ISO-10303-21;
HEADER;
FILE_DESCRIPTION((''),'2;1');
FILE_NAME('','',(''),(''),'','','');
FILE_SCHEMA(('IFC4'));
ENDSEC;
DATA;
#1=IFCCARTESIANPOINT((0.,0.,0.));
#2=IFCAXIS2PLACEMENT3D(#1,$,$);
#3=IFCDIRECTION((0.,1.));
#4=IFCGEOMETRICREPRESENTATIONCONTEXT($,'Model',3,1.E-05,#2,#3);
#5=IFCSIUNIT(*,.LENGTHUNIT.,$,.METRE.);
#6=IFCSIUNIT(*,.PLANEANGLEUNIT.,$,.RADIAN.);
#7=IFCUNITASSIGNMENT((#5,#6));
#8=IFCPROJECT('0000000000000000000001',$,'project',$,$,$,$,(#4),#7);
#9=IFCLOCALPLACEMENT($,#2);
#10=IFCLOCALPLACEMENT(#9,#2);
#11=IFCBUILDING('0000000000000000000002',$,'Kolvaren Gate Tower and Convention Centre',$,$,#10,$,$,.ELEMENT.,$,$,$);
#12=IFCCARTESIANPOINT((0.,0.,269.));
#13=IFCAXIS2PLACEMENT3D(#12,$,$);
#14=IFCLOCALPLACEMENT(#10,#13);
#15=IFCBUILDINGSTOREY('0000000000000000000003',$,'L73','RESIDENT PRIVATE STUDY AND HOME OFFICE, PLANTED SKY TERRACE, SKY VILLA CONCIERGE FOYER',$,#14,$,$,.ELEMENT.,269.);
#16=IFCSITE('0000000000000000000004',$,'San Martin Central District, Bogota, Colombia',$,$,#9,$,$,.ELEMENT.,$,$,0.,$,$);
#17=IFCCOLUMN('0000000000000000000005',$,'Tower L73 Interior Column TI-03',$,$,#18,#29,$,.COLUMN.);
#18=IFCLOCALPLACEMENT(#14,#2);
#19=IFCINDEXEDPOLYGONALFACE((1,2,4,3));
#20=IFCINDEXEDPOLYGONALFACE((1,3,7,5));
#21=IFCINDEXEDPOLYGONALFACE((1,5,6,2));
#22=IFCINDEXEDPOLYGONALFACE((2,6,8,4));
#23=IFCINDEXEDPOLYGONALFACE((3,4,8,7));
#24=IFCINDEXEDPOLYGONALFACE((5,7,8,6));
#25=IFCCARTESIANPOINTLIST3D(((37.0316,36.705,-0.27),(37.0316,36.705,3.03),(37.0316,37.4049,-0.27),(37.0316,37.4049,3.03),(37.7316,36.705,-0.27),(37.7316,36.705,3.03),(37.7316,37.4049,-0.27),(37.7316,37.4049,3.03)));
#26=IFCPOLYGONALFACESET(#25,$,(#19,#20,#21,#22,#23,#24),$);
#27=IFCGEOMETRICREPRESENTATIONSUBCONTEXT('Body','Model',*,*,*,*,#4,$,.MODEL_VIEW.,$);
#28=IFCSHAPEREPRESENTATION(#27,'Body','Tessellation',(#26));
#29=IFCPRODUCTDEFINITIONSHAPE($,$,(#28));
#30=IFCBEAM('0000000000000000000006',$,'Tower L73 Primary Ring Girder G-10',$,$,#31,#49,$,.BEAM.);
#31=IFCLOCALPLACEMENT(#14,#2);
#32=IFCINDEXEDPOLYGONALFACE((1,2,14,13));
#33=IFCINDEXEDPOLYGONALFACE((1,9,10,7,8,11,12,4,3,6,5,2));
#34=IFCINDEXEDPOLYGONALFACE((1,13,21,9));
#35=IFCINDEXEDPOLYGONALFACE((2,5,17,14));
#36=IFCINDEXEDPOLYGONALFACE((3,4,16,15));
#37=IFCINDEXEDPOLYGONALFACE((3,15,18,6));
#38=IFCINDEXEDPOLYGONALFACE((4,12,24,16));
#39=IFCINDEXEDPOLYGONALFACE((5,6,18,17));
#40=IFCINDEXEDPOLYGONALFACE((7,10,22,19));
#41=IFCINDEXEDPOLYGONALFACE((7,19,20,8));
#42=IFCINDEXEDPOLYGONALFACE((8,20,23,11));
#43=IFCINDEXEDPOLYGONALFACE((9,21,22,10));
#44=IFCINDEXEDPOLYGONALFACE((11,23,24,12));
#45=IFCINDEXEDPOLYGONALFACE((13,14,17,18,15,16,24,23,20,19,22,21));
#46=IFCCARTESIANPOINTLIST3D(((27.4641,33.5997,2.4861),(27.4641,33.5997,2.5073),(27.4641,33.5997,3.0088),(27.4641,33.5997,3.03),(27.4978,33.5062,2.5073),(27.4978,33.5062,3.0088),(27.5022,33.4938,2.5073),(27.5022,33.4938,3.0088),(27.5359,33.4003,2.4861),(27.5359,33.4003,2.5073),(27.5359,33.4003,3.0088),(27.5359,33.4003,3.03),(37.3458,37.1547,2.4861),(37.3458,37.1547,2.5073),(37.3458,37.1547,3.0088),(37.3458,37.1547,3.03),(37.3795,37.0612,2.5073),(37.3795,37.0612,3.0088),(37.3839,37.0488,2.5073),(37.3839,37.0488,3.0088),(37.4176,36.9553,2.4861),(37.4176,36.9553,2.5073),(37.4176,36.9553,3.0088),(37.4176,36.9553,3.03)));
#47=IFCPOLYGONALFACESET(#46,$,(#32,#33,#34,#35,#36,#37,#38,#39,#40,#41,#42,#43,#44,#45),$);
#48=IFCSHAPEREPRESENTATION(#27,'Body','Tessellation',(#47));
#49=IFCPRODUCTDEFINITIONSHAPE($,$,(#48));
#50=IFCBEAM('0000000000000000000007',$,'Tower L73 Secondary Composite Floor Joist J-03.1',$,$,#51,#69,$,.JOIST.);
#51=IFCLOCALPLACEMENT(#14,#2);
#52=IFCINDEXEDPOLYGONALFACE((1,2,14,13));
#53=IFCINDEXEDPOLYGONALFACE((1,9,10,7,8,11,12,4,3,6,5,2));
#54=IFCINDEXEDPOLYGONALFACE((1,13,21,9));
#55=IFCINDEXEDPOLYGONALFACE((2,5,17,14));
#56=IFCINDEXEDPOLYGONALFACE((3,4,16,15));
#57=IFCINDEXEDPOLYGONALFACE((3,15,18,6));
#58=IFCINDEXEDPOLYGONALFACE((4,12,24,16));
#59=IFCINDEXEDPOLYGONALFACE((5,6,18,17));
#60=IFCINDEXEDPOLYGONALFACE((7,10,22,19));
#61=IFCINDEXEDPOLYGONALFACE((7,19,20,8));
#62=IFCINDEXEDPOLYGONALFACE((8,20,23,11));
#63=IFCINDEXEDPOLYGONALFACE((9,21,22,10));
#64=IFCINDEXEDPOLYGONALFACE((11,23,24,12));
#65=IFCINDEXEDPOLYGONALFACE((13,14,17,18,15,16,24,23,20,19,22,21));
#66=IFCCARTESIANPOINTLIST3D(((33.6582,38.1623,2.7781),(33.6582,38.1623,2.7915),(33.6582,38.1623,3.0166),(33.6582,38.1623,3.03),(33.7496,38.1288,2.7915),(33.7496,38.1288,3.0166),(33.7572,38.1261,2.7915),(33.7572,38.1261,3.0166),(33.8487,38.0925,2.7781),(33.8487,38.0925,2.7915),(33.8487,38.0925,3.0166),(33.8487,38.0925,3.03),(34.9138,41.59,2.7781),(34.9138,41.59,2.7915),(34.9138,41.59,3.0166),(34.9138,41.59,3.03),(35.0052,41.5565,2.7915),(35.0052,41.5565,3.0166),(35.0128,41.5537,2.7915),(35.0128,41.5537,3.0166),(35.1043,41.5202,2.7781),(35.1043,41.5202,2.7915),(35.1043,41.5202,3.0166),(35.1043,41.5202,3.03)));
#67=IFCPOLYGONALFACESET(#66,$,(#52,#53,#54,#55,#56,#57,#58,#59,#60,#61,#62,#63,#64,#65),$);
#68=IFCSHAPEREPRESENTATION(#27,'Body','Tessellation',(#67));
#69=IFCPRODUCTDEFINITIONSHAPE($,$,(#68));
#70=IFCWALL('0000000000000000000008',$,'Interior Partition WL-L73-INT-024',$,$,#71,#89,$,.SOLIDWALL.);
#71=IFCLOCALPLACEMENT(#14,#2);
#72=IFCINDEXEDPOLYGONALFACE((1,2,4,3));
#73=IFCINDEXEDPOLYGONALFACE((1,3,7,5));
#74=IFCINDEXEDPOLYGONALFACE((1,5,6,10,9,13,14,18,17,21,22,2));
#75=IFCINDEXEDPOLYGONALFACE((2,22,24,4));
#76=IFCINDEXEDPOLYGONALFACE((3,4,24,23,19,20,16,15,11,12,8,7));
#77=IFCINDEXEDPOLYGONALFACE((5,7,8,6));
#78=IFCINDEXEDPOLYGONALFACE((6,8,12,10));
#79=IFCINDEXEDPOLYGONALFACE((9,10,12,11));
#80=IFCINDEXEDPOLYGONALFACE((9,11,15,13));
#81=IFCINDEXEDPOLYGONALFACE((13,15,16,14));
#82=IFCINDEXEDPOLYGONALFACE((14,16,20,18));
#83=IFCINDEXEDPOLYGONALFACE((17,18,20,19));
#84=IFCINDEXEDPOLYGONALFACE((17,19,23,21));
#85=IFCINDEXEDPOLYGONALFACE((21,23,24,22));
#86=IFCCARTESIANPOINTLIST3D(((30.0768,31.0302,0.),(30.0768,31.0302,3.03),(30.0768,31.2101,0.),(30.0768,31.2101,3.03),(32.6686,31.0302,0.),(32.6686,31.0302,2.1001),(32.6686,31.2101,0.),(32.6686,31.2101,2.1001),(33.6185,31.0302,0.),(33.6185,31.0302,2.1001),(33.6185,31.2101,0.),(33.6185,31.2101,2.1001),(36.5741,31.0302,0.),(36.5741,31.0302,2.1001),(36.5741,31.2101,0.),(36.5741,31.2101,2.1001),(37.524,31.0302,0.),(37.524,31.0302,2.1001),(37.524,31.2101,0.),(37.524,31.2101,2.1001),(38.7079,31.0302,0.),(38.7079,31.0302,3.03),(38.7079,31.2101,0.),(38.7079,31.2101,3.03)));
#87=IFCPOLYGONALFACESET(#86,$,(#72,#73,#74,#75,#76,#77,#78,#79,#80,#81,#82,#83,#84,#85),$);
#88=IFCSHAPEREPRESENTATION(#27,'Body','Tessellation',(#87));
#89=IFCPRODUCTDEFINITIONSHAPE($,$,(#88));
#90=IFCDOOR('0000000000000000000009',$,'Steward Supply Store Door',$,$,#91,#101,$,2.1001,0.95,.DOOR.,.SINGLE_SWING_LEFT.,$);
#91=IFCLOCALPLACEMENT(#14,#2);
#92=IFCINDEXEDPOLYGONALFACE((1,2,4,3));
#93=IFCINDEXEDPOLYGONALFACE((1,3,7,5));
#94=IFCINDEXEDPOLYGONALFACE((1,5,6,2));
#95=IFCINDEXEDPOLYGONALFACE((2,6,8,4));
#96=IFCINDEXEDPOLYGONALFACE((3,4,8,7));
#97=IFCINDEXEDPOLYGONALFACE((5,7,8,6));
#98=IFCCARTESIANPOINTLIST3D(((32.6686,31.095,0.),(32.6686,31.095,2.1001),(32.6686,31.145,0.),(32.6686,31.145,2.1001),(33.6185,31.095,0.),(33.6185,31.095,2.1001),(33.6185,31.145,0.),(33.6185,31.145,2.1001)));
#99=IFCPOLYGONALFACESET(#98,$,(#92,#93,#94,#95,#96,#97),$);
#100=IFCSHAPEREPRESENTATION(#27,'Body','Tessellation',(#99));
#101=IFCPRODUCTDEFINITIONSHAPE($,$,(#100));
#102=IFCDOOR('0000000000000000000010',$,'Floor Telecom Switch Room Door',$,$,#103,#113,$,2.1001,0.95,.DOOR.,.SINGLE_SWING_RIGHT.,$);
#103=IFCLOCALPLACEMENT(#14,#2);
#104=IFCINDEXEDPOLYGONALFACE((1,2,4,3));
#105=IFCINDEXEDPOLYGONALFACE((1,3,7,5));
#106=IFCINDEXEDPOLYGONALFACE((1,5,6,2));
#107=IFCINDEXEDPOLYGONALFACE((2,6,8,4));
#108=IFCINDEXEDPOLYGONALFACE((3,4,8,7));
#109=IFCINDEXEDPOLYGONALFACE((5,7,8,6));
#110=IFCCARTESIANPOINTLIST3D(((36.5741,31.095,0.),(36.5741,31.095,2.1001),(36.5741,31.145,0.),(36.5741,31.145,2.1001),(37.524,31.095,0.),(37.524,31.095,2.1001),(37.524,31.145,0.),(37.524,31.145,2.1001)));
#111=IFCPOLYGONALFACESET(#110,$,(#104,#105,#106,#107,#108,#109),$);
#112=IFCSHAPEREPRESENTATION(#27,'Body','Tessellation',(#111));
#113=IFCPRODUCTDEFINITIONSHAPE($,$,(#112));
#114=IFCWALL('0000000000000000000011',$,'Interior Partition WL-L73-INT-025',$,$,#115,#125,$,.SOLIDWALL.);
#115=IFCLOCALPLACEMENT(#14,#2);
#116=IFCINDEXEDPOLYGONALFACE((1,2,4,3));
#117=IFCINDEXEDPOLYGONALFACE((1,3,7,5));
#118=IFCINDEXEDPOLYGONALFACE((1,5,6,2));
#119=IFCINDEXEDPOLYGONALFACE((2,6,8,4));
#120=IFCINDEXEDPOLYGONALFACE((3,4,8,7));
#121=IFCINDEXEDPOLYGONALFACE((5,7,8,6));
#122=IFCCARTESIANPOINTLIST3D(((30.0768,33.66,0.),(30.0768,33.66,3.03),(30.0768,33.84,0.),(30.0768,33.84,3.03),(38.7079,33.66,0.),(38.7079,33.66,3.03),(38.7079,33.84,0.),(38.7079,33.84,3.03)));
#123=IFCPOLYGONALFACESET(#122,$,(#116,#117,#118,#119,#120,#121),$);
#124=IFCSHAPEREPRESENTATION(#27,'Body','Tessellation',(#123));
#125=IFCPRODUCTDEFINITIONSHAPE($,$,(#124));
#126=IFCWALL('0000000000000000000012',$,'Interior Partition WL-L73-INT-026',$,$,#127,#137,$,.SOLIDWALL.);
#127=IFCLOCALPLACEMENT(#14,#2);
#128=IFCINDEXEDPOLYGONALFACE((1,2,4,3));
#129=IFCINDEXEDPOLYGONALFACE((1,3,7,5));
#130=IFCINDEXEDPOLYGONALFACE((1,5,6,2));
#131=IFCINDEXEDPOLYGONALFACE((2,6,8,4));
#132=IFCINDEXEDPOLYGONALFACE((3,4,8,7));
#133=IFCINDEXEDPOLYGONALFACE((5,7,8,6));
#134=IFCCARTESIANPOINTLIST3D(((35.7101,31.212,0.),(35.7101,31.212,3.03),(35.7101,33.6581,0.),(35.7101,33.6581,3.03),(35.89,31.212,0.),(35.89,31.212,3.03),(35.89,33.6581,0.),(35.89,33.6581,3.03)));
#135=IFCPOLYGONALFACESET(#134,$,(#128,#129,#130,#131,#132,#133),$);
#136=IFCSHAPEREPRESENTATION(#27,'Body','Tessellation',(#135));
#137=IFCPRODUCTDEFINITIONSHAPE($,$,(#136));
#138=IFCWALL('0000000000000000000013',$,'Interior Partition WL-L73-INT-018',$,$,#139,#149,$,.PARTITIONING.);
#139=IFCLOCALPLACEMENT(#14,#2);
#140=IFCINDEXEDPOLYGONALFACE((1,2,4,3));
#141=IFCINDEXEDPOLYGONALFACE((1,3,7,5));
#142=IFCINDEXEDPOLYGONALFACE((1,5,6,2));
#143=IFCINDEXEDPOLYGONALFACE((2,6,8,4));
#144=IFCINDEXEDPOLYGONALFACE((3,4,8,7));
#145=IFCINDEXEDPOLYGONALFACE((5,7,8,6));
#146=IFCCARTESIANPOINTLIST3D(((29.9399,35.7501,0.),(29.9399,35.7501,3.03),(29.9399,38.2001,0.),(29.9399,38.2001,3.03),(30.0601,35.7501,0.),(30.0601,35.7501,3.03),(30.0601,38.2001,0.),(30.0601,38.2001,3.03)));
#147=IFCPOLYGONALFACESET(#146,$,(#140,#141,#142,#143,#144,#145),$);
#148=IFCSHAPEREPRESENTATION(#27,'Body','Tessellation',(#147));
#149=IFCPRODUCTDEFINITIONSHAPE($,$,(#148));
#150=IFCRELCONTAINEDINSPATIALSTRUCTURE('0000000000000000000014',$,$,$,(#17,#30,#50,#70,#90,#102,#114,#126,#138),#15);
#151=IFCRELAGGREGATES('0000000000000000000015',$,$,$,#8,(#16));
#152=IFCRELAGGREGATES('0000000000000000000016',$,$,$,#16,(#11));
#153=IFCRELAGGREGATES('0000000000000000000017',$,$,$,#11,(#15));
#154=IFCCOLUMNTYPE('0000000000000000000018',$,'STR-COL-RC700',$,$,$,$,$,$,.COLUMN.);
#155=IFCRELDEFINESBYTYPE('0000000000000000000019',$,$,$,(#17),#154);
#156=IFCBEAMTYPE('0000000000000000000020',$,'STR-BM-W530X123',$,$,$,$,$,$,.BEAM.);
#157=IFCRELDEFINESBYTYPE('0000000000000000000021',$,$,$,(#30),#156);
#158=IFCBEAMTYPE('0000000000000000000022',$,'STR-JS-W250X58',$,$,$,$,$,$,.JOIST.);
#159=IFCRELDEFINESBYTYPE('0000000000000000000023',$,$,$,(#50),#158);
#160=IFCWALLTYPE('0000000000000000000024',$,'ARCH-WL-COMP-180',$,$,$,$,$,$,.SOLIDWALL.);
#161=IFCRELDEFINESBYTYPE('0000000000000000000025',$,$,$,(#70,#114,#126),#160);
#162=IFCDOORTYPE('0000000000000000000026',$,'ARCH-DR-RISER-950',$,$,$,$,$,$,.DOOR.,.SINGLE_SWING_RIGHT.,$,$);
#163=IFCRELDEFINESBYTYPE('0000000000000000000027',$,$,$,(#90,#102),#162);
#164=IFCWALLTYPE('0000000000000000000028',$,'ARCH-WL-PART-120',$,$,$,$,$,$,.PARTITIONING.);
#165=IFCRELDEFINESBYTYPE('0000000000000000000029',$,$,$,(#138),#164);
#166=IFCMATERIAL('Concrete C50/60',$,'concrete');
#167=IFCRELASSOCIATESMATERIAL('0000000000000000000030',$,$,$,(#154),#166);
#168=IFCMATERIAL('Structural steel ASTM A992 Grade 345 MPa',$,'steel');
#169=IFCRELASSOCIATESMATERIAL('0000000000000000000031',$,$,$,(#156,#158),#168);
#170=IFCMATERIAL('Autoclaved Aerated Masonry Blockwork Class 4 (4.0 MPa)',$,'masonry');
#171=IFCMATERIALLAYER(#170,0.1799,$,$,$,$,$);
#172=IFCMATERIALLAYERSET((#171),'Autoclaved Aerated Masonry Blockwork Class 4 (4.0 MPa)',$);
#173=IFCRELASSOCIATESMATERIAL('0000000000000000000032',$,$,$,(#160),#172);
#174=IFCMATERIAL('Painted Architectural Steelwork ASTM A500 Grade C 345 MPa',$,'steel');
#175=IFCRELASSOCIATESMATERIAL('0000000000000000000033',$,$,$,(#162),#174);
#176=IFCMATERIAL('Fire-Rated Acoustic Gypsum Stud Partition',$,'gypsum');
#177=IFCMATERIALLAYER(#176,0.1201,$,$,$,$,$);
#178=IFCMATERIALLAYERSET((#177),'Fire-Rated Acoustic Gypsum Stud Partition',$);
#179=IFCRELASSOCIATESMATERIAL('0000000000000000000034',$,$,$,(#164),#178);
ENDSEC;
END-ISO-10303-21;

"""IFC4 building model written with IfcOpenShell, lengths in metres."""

from ifc_helpers import new_model, si_unit, direction, frame, frame_2d, origin, origin_2d, place, context, subcontext, project, spatial, rectangle, i_section, extrude, material, layer, layer_set, material_profile, profile_set, type_object, element, fill, save


model = new_model("IFC4")

# Units and contexts
model_context = context("Model", 3, precision=1e-05, world=origin(), true_north=direction((0.0, 1.0)))
body_context = subcontext(model_context, "Body", "Model", "MODEL_VIEW")
ifc_project = project(units=[si_unit("LENGTHUNIT", "METRE"), si_unit("PLANEANGLEUNIT", "RADIAN")], contexts=[model_context])

# Site, building, storey
site_placement = place(None, origin())
site = spatial("IfcSite", under=ifc_project, at=site_placement, Name="San Martin Central District, Bogota, Colombia", CompositionType="ELEMENT", RefElevation=0.0)
building_placement = place(site_placement, origin())
building = spatial("IfcBuilding", under=site, at=building_placement, Name="Kolvaren Gate Tower and Convention Centre", CompositionType="ELEMENT")
storey_placement = place(building_placement, frame((0.0, 0.0, 269.0)))
storey = spatial("IfcBuildingStorey", under=building, at=storey_placement, Name="L73", Description="RESIDENT PRIVATE STUDY AND HOME OFFICE, PLANTED SKY TERRACE, SKY VILLA CONCIERGE FOYER", CompositionType="ELEMENT", Elevation=269.0)

# Column
ifc_material_1 = material(Name="Concrete C50/60", Category="concrete")
ifc_material_profile_1 = material_profile(ifc_material_1, rectangle(XDim=0.7, YDim=0.7, at=origin_2d()), Name="RC-COL-700X700")
ifc_profile_set_1 = profile_set([ifc_material_profile_1], Name="Concrete C50/60")
column_type = type_object("IfcColumnType", Name="STR-COL-RC700", PredefinedType="COLUMN", material=ifc_profile_set_1)
column_placement = place(storey_placement, frame((37.3816, 37.0549, -0.27), z_axis=(0.0, 0.0, 1.0), x_axis=(1.0, 0.0, 0.0)))
element("IfcColumn", 1, at=column_placement, inside=storey, type_object=column_type, Name="Tower L73 Interior Column TI-03", PredefinedType="COLUMN", context=body_context, shape_type="SweptSolid", body=[
    extrude(rectangle(XDim=0.7, YDim=0.7, at=origin_2d()), origin(), (0.0, 0.0, 1.0), 3.3),
])

# Beams
ifc_material_2 = material(Name="Structural steel ASTM A992 Grade 345 MPa", Category="steel")
ifc_material_profile_2 = material_profile(ifc_material_2, i_section(OverallWidth=0.2119, OverallDepth=0.5439, WebThickness=0.0132, FlangeThickness=0.0212, at=origin_2d()), Name="W530X123")
ifc_profile_set_2 = profile_set([ifc_material_profile_2], Name="Structural steel ASTM A992 Grade 345 MPa")
beam_type_1 = type_object("IfcBeamType", Name="STR-BM-W530X123", PredefinedType="BEAM", material=ifc_profile_set_2)
beam_1_placement = place(storey_placement, frame((27.5, 33.5, 2.7581), z_axis=(0.940961, 0.338514, 0.0), x_axis=(-0.338514, 0.940961, 0.0)))
element("IfcBeam", 2, at=beam_1_placement, inside=storey, type_object=beam_type_1, Name="Tower L73 Primary Ring Girder G-10", PredefinedType="BEAM", context=body_context, shape_type="SweptSolid", body=[
    extrude(i_section(OverallWidth=0.2119, OverallDepth=0.5439, WebThickness=0.0132, FlangeThickness=0.0212, at=origin_2d()), origin(), (0.0, 0.0, 1.0), 10.5017),
])
ifc_material_profile_3 = material_profile(ifc_material_2, i_section(OverallWidth=0.2029, OverallDepth=0.252, WebThickness=0.0081, FlangeThickness=0.0134, at=origin_2d()), Name="W250X58")
ifc_profile_set_3 = profile_set([ifc_material_profile_3], Name="Structural steel ASTM A992 Grade 345 MPa")
beam_type_2 = type_object("IfcBeamType", Name="STR-JS-W250X58", PredefinedType="JOIST", material=ifc_profile_set_3)
beam_2_placement = place(storey_placement, frame((33.7534, 38.1274, 2.9041), z_axis=(0.34396, 0.938984, 0.0), x_axis=(-0.938984, 0.34396, 0.0)))
element("IfcBeam", 3, at=beam_2_placement, inside=storey, type_object=beam_type_2, Name="Tower L73 Secondary Composite Floor Joist J-03.1", PredefinedType="JOIST", context=body_context, shape_type="SweptSolid", body=[
    extrude(i_section(OverallWidth=0.2029, OverallDepth=0.252, WebThickness=0.0081, FlangeThickness=0.0134, at=origin_2d()), origin(), (0.0, 0.0, 1.0), 3.6504),
])

# Wall, openings, doors
ifc_material_3 = material(Name="Autoclaved Aerated Masonry Blockwork Class 4 (4.0 MPa)", Category="masonry")
ifc_layer_1 = layer(ifc_material_3, 0.1799)
ifc_layer_set_1 = layer_set([ifc_layer_1], Name="Autoclaved Aerated Masonry Blockwork Class 4 (4.0 MPa)")
wall_type_1 = type_object("IfcWallType", Name="ARCH-WL-COMP-180", PredefinedType="SOLIDWALL", material=ifc_layer_set_1)
wall_1_placement = place(storey_placement, frame((30.0769, 31.1201, 0.0), z_axis=(0.0, 0.0, 1.0), x_axis=(1.0, 0.0, 0.0)))
wall_1 = element("IfcWall", 4, at=wall_1_placement, inside=storey, type_object=wall_type_1, Name="Interior Partition WL-L73-INT-024", PredefinedType="SOLIDWALL", context=body_context, shape_type="SweptSolid", body=[
    extrude(rectangle(XDim=8.6311, YDim=0.1799, at=frame_2d((4.3154, 0.0))), origin(), (0.0, 0.0, 1.0), 3.03),
])
opening_1_placement = place(wall_1_placement, frame((2.5916, 0.0, 0.0)))
opening_1 = element("IfcOpeningElement", 5, at=opening_1_placement, cuts=wall_1, PredefinedType="OPENING", context=body_context, shape_type="SweptSolid", body=[
    extrude(rectangle(XDim=0.95, YDim=2.1001, at=frame_2d((0.4751, 1.05))), frame((0.0, 0.0999, 0.0), z_axis=(0.0, -1.0, 0.0), x_axis=(1.0, 0.0, 0.0)), (0.0, 0.0, 1.0), 0.2),
])
opening_2_placement = place(wall_1_placement, frame((6.4971, 0.0, 0.0)))
opening_2 = element("IfcOpeningElement", 6, at=opening_2_placement, cuts=wall_1, PredefinedType="OPENING", context=body_context, shape_type="SweptSolid", body=[
    extrude(rectangle(XDim=0.95, YDim=2.1001, at=frame_2d((0.4751, 1.05))), frame((0.0, 0.0999, 0.0), z_axis=(0.0, -1.0, 0.0), x_axis=(1.0, 0.0, 0.0)), (0.0, 0.0, 1.0), 0.2),
])
ifc_material_4 = material(Name="Painted Architectural Steelwork ASTM A500 Grade C 345 MPa", Category="steel")
door_type = type_object("IfcDoorType", Name="ARCH-DR-RISER-950", OperationType="SINGLE_SWING_RIGHT", PredefinedType="DOOR", material=ifc_material_4)
door_1_placement = place(opening_1_placement, origin())
door_1 = element("IfcDoor", 7, at=door_1_placement, inside=storey, type_object=door_type, Name="Steward Supply Store Door", OperationType="SINGLE_SWING_LEFT", OverallHeight=2.1001, OverallWidth=0.95, PredefinedType="DOOR", context=body_context, shape_type="SweptSolid", body=[
    extrude(rectangle(XDim=0.95, YDim=2.1001, at=frame_2d((0.4751, 1.05))), frame((0.0, 0.0249, 0.0), z_axis=(0.0, -1.0, 0.0), x_axis=(1.0, 0.0, 0.0)), (0.0, 0.0, 1.0), 0.05),
])
fill(opening_1, door_1)
door_2_placement = place(opening_2_placement, origin())
door_2 = element("IfcDoor", 8, at=door_2_placement, inside=storey, type_object=door_type, Name="Floor Telecom Switch Room Door", OperationType="SINGLE_SWING_RIGHT", OverallHeight=2.1001, OverallWidth=0.95, PredefinedType="DOOR", context=body_context, shape_type="SweptSolid", body=[
    extrude(rectangle(XDim=0.95, YDim=2.1001, at=frame_2d((0.4751, 1.05))), frame((0.0, 0.0249, 0.0), z_axis=(0.0, -1.0, 0.0), x_axis=(1.0, 0.0, 0.0)), (0.0, 0.0, 1.0), 0.05),
])
fill(opening_2, door_2)

# Walls
wall_2_placement = place(storey_placement, frame((30.0769, 33.75, 0.0), z_axis=(0.0, 0.0, 1.0), x_axis=(1.0, 0.0, 0.0)))
element("IfcWall", 9, at=wall_2_placement, inside=storey, type_object=wall_type_1, Name="Interior Partition WL-L73-INT-025", PredefinedType="SOLIDWALL", context=body_context, shape_type="SweptSolid", body=[
    extrude(rectangle(XDim=8.6311, YDim=0.1799, at=frame_2d((4.3154, 0.0))), origin(), (0.0, 0.0, 1.0), 3.03),
])
wall_3_placement = place(storey_placement, frame((35.8, 31.2119, 0.0), z_axis=(0.0, 0.0, 1.0), x_axis=(0.0, 1.0, 0.0)))
element("IfcWall", 10, at=wall_3_placement, inside=storey, type_object=wall_type_1, Name="Interior Partition WL-L73-INT-026", PredefinedType="SOLIDWALL", context=body_context, shape_type="SweptSolid", body=[
    extrude(rectangle(XDim=2.446, YDim=0.1799, at=frame_2d((1.2231, 0.0))), origin(), (0.0, 0.0, 1.0), 3.03),
])
ifc_material_5 = material(Name="Fire-Rated Acoustic Gypsum Stud Partition", Category="gypsum")
ifc_layer_2 = layer(ifc_material_5, 0.1201)
ifc_layer_set_2 = layer_set([ifc_layer_2], Name="Fire-Rated Acoustic Gypsum Stud Partition")
wall_type_2 = type_object("IfcWallType", Name="ARCH-WL-PART-120", PredefinedType="PARTITIONING", material=ifc_layer_set_2)
wall_4_placement = place(storey_placement, frame((30.0, 35.75, 0.0), z_axis=(0.0, 0.0, 1.0), x_axis=(0.0, 1.0, 0.0)))
element("IfcWall", 11, at=wall_4_placement, inside=storey, type_object=wall_type_2, Name="Interior Partition WL-L73-INT-018", PredefinedType="PARTITIONING", context=body_context, shape_type="SweptSolid", body=[
    extrude(rectangle(XDim=2.45, YDim=0.1201, at=frame_2d((1.2251, 0.0))), origin(), (0.0, 0.0, 1.0), 3.03),
])

save(model, "model.ifc")
